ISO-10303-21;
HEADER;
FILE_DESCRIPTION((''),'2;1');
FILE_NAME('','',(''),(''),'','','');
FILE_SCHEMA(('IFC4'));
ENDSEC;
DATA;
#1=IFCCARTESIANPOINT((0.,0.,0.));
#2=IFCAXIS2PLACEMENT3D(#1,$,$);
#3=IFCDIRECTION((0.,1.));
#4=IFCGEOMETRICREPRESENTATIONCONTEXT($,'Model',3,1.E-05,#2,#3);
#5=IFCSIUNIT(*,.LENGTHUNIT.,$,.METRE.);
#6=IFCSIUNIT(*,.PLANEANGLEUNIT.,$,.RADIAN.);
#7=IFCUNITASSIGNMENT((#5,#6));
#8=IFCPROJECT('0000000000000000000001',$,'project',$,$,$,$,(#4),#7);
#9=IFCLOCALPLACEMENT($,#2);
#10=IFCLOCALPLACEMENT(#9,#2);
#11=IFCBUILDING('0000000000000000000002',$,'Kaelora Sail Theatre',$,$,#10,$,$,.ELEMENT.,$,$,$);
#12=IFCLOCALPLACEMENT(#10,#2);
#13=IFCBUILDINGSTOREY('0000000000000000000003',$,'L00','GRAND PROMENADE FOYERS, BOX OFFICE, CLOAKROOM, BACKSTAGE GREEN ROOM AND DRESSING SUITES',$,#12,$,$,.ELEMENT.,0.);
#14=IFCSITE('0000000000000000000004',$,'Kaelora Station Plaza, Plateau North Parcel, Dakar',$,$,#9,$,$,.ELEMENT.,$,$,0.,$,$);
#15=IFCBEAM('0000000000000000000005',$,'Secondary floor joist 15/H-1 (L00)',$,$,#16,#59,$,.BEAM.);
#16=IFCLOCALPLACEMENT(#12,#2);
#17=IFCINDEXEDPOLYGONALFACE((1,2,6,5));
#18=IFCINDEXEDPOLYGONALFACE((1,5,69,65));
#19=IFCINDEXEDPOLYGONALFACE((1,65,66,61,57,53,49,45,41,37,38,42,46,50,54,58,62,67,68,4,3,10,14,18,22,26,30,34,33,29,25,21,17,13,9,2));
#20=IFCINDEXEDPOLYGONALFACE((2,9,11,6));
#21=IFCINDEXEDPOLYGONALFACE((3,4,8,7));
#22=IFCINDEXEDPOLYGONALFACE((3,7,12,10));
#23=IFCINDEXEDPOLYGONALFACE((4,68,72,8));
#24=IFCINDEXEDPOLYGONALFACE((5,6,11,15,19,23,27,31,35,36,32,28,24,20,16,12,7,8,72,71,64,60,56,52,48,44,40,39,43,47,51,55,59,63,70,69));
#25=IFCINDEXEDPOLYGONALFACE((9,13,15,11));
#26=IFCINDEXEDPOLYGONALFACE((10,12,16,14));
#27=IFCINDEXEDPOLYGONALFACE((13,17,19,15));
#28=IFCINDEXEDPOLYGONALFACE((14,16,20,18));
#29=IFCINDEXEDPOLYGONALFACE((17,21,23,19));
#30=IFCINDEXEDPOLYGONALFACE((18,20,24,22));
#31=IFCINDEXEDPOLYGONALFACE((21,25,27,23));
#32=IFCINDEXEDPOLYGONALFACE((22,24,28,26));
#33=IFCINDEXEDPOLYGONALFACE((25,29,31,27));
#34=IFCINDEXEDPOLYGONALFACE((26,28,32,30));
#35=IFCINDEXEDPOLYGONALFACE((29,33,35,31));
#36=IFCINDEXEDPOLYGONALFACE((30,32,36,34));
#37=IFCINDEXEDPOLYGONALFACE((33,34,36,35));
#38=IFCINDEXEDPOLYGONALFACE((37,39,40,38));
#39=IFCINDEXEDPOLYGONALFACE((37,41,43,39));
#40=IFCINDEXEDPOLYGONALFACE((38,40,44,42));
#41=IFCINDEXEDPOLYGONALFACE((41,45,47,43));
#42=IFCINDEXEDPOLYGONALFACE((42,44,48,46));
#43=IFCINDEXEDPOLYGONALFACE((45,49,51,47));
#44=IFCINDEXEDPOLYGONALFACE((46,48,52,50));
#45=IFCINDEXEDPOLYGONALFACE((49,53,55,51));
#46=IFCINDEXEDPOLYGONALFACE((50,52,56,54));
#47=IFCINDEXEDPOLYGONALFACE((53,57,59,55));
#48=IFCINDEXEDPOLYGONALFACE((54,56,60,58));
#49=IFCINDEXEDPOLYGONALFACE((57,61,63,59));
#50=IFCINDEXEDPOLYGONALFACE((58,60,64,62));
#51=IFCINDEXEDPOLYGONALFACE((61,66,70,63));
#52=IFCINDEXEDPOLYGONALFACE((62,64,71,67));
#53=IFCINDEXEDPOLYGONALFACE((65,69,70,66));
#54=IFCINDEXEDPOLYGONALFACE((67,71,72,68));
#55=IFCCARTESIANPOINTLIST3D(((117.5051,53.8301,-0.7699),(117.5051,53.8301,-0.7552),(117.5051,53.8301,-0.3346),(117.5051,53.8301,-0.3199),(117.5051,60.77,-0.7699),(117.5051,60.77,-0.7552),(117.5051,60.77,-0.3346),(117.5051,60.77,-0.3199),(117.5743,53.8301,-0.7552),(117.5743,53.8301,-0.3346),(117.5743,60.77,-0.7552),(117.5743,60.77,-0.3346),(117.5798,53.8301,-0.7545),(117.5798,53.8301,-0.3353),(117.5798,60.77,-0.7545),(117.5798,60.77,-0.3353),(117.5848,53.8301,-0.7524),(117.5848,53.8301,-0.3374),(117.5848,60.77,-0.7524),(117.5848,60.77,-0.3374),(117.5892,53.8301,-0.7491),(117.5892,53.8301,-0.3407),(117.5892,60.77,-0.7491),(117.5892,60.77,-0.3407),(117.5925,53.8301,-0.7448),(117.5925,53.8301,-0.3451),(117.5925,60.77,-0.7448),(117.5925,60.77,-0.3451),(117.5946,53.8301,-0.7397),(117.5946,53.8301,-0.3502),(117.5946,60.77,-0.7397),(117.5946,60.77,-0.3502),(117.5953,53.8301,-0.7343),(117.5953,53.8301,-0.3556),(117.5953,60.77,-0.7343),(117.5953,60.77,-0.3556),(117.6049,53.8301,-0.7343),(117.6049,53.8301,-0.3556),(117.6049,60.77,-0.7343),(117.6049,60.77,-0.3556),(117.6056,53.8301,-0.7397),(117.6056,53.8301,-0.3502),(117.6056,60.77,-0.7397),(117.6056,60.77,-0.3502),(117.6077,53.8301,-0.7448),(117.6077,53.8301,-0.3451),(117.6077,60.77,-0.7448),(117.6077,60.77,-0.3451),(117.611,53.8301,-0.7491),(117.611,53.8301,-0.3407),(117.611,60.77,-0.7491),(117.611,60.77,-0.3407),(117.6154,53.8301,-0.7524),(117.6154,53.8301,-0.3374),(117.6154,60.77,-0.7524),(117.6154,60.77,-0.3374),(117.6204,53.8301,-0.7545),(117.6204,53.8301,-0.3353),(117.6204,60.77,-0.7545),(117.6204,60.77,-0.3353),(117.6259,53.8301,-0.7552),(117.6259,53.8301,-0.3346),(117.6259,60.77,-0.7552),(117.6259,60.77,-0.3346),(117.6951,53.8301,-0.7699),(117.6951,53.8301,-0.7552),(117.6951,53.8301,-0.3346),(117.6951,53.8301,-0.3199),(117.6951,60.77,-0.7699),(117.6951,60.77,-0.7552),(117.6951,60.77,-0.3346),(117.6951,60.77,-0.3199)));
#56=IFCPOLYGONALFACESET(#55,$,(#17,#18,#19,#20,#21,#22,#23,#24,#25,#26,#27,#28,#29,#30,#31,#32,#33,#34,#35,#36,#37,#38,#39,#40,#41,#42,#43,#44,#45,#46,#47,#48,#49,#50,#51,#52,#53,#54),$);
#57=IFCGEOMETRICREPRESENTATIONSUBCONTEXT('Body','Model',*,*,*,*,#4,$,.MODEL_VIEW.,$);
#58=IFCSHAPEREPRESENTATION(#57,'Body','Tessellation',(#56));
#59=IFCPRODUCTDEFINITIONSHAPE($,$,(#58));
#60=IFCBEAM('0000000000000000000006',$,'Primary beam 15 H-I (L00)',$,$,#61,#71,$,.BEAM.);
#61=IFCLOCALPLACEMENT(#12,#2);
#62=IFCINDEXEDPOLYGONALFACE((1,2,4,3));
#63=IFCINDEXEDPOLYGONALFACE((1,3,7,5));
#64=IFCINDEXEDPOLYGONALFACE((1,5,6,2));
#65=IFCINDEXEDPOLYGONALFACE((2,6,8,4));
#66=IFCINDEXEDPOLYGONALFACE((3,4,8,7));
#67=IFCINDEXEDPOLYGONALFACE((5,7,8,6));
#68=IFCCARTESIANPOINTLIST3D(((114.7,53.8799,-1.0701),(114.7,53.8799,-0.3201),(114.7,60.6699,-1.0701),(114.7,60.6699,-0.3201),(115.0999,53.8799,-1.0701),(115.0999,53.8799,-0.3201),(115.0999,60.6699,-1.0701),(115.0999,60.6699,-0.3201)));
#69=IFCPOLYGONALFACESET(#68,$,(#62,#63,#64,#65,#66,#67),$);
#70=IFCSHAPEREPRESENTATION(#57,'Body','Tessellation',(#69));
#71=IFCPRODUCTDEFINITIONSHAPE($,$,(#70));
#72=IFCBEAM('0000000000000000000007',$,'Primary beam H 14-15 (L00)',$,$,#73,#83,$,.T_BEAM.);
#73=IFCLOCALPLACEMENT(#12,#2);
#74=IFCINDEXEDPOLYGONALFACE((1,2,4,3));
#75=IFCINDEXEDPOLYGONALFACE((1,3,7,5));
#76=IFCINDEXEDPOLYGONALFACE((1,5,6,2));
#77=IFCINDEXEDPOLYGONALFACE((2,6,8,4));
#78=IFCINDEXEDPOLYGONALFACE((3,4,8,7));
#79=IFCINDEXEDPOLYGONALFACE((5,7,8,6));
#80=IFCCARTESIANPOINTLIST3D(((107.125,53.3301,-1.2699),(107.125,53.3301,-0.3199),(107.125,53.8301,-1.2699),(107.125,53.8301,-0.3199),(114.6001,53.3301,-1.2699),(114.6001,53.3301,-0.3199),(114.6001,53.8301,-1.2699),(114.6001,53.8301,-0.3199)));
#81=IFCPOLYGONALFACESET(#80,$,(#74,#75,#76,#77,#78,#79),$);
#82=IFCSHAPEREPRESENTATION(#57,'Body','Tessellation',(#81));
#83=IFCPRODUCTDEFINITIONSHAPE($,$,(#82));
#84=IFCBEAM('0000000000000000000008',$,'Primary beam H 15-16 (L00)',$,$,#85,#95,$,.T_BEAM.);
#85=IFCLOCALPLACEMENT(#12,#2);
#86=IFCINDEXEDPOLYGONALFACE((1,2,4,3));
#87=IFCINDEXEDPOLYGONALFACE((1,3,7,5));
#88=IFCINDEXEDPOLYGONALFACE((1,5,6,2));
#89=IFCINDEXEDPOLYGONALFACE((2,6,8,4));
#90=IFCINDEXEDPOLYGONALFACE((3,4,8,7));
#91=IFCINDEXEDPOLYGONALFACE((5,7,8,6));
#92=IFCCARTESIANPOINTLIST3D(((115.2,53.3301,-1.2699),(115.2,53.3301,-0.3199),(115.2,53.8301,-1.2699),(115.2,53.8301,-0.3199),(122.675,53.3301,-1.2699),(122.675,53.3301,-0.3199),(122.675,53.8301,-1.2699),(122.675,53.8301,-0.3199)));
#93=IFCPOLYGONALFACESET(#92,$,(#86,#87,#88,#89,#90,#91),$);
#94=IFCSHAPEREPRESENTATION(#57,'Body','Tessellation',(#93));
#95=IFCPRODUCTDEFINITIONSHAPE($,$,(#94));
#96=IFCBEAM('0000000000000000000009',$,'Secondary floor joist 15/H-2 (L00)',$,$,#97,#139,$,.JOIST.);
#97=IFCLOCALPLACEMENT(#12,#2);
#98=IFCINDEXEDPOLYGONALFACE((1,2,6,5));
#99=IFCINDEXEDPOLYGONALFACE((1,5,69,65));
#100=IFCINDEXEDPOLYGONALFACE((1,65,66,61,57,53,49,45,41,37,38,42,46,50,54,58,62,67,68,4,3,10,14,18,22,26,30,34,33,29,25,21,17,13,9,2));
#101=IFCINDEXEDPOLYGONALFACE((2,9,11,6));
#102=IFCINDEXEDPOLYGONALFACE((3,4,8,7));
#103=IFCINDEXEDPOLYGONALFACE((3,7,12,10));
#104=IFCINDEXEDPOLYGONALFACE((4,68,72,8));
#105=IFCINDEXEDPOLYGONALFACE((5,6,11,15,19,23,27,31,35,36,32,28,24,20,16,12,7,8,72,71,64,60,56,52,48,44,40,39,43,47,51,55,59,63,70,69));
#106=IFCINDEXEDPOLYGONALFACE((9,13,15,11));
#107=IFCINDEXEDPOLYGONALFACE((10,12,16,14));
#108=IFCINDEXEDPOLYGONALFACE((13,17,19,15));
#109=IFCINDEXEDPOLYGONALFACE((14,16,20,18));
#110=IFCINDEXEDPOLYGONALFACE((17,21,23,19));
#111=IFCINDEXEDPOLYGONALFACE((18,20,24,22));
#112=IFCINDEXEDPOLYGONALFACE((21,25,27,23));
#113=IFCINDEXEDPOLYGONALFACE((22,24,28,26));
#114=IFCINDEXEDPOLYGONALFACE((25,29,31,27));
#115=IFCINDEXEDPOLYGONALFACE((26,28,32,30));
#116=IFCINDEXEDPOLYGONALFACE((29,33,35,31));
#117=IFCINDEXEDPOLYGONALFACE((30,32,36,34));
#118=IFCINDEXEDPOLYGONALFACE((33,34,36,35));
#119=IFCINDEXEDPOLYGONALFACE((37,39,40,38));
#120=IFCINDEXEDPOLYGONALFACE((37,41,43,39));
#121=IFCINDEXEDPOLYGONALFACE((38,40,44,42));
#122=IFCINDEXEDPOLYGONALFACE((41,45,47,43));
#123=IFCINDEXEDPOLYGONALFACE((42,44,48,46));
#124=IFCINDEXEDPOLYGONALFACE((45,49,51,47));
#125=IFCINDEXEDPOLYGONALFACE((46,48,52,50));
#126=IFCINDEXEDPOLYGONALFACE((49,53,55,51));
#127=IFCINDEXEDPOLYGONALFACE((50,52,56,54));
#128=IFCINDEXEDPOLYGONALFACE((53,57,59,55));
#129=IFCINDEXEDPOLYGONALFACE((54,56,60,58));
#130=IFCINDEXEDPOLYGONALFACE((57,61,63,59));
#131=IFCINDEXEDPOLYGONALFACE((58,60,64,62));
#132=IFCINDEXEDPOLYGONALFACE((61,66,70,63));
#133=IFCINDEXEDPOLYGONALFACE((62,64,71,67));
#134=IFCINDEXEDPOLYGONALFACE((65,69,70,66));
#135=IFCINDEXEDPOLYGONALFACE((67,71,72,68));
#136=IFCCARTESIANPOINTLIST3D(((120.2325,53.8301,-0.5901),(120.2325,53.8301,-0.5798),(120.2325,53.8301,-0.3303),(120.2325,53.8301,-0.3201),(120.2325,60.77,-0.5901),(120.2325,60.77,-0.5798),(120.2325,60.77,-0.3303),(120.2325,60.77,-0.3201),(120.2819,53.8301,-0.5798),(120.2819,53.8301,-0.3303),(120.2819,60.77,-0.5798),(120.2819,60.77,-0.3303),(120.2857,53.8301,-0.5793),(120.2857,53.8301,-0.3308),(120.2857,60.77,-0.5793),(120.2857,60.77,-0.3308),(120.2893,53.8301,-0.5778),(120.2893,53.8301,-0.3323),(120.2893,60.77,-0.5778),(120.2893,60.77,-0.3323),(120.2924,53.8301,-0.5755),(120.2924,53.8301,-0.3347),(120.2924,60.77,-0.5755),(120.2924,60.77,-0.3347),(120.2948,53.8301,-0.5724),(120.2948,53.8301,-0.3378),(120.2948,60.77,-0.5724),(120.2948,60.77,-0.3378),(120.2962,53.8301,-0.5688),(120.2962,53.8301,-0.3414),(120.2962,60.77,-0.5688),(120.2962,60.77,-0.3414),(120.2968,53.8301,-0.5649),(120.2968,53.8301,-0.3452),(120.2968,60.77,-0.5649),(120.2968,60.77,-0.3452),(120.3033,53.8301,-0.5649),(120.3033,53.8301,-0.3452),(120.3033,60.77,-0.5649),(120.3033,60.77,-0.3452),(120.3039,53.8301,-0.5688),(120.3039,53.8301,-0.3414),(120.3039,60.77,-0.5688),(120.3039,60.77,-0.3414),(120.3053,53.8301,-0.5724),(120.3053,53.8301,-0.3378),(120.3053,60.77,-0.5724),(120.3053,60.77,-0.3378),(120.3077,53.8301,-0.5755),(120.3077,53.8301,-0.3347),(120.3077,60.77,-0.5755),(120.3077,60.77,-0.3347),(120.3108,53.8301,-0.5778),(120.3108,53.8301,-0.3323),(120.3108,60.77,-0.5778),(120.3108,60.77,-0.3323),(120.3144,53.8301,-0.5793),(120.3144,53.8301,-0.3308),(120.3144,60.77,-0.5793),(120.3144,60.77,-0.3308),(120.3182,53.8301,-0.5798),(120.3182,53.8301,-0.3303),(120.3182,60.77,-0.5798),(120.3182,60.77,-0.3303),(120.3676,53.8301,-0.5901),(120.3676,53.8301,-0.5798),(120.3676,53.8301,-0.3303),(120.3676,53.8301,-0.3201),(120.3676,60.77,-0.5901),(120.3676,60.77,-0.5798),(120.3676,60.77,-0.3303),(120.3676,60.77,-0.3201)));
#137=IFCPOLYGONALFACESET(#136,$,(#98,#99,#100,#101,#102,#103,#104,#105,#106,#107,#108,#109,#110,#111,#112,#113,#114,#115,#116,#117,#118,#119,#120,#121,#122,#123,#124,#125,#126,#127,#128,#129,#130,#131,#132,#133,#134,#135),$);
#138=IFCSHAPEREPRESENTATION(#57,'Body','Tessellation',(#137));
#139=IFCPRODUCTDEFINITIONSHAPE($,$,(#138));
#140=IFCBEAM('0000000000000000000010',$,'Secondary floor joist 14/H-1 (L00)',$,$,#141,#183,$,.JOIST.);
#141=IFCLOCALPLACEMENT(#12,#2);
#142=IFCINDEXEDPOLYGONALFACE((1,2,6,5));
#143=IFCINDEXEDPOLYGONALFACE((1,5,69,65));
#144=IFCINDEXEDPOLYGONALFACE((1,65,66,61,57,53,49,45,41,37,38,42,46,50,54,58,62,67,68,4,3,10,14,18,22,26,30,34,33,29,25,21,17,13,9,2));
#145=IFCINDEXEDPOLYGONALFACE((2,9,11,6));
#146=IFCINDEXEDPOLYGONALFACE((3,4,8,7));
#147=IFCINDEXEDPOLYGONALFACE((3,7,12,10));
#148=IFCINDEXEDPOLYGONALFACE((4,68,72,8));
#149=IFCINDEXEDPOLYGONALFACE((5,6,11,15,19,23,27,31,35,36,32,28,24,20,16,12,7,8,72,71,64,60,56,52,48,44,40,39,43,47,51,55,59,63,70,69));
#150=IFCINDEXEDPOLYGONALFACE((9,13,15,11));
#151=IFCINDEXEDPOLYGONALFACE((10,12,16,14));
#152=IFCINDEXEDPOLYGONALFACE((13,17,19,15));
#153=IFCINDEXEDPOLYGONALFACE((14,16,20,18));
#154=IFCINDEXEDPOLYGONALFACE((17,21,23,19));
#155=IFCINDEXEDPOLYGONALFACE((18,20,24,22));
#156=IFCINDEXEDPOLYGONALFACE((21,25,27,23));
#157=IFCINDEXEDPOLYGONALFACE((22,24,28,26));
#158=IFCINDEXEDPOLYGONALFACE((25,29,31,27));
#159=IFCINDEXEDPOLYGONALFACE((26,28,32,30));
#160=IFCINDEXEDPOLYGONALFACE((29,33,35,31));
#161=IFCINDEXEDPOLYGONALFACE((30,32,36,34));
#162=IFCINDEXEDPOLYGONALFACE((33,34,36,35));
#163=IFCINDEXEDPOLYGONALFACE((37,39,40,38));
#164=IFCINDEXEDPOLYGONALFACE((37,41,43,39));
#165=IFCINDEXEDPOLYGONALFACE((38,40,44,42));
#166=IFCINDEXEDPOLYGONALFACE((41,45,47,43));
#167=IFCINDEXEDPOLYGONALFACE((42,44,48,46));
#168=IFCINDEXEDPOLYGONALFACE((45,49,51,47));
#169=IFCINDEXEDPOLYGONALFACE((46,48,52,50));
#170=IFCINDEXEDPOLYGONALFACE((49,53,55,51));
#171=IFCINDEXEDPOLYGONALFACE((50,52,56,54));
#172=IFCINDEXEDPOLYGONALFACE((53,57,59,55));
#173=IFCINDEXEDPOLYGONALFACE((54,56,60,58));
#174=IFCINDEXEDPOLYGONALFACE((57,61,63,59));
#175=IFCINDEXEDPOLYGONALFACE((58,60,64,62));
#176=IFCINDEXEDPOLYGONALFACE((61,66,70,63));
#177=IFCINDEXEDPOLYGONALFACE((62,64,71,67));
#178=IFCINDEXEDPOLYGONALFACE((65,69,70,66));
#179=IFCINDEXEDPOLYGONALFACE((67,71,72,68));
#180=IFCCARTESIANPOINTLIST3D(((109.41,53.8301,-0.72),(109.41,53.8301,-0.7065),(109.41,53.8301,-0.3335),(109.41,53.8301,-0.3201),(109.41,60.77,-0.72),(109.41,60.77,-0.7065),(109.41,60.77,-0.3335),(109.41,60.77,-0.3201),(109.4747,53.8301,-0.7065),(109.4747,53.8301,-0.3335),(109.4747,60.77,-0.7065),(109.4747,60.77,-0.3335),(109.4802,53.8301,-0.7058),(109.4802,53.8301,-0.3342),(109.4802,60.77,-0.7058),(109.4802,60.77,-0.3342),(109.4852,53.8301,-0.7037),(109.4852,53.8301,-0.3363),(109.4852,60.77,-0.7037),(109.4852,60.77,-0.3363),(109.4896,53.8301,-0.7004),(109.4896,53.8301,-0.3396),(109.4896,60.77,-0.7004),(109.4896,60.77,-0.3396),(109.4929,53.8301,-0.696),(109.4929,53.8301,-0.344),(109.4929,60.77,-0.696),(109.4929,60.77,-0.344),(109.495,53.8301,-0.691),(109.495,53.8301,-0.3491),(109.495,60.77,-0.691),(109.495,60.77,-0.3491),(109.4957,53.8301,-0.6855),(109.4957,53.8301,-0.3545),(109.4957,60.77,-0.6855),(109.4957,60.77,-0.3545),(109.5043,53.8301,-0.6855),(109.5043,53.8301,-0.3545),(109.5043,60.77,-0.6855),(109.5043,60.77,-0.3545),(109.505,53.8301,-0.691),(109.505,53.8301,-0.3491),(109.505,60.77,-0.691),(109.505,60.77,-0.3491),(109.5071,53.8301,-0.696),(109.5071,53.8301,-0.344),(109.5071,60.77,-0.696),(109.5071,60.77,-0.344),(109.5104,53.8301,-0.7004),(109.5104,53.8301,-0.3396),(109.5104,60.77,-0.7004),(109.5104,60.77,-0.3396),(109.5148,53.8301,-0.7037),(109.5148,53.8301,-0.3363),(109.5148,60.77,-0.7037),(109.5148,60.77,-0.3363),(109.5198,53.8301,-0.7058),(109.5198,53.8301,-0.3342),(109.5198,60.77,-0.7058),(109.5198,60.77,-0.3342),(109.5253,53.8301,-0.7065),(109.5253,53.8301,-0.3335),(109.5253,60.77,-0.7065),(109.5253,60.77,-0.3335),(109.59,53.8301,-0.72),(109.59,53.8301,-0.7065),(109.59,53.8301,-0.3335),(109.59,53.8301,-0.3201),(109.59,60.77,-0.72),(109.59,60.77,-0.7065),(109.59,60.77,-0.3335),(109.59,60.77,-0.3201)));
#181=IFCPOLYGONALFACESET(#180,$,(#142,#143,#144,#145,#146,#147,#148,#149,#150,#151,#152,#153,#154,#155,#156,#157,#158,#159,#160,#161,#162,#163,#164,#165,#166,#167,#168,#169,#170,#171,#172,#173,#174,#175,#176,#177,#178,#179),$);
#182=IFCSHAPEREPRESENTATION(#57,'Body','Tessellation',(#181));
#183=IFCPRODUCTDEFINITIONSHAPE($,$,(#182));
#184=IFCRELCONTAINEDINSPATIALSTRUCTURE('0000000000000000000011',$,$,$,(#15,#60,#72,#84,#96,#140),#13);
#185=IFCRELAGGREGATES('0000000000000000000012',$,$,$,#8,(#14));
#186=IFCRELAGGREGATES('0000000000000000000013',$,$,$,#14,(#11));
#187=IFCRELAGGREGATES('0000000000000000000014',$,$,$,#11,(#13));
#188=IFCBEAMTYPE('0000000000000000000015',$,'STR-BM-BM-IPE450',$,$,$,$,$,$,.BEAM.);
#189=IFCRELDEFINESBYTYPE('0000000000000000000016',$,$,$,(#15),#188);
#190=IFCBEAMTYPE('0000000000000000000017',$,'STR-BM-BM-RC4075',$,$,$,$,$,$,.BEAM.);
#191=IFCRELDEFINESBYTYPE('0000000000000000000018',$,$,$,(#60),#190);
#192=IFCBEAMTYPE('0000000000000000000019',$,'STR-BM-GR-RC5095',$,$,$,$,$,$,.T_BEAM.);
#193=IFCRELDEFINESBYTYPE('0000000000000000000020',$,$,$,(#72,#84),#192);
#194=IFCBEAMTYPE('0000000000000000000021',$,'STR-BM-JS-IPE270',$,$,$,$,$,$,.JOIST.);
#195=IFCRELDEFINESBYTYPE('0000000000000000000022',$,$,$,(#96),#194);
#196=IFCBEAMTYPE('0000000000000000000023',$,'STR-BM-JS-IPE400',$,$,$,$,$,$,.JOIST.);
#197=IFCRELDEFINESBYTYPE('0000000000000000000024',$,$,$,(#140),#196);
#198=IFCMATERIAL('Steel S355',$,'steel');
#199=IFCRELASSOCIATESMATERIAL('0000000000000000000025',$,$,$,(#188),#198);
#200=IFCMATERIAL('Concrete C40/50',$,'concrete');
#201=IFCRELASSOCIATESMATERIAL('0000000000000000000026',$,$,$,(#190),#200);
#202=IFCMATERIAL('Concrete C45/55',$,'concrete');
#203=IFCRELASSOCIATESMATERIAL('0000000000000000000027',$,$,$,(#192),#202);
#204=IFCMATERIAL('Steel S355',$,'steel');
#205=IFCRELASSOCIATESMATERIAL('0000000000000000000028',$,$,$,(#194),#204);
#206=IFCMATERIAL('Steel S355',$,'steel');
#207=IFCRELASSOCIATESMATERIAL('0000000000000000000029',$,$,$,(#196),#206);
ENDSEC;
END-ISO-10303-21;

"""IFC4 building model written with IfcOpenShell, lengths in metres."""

from ifc_helpers import new_model, si_unit, direction, frame, origin, origin_2d, place, context, subcontext, project, spatial, rectangle, i_section, extrude, material, material_profile, profile_set, type_object, element, save


model = new_model("IFC4")

# Units and contexts
model_context = context("Model", 3, precision=1e-05, world=origin(), true_north=direction((0.0, 1.0)))
body_context = subcontext(model_context, "Body", "Model", "MODEL_VIEW")
ifc_project = project(units=[si_unit("LENGTHUNIT", "METRE"), si_unit("PLANEANGLEUNIT", "RADIAN")], contexts=[model_context])

# Site, building, storey
site_placement = place(None, origin())
site = spatial("IfcSite", under=ifc_project, at=site_placement, Name="Kaelora Station Plaza, Plateau North Parcel, Dakar", CompositionType="ELEMENT", RefElevation=0.0)
building_placement = place(site_placement, origin())
building = spatial("IfcBuilding", under=site, at=building_placement, Name="Kaelora Sail Theatre", CompositionType="ELEMENT")
storey_placement = place(building_placement, origin())
storey = spatial("IfcBuildingStorey", under=building, at=storey_placement, Name="L00", Description="GRAND PROMENADE FOYERS, BOX OFFICE, CLOAKROOM, BACKSTAGE GREEN ROOM AND DRESSING SUITES", CompositionType="ELEMENT", Elevation=0.0)

# Beams
ifc_material_1 = material(Name="Steel S355", Category="steel")
ifc_material_profile_1 = material_profile(ifc_material_1, i_section(OverallWidth=0.1899, OverallDepth=0.45, WebThickness=0.0095, FlangeThickness=0.0146, FilletRadius=0.021, at=origin_2d()), Name="IPE 450")
ifc_profile_set_1 = profile_set([ifc_material_profile_1], Name="Steel S355")
beam_type_1 = type_object("IfcBeamType", Name="STR-BM-BM-IPE450", PredefinedType="BEAM", material=ifc_profile_set_1)
for number, where, z_axis, x_axis, name in (
    (1, (117.6001, 53.8301, -0.5449), (0.0, 1.0, 0.0), (-1.0, 0.0, 0.0), "Secondary floor joist 15/H-1 (L00)"),
):
    element("IfcBeam", number, at=place(storey_placement, frame(where, z_axis=z_axis, x_axis=x_axis)), inside=storey, type_object=beam_type_1, Name=name, PredefinedType="BEAM", context=body_context, shape_type="SweptSolid", body=[
        extrude(i_section(OverallWidth=0.1899, OverallDepth=0.45, WebThickness=0.0095, FlangeThickness=0.0146, FilletRadius=0.021, at=origin_2d()), origin(), (0.0, 0.0, 1.0), 6.9399),
    ])
ifc_material_2 = material(Name="Concrete C40/50", Category="concrete")
ifc_material_profile_2 = material_profile(ifc_material_2, rectangle(XDim=0.3999, YDim=0.75, at=origin_2d()), Name="RC-BM 400x750")
ifc_profile_set_2 = profile_set([ifc_material_profile_2], Name="Concrete C40/50")
beam_type_2 = type_object("IfcBeamType", Name="STR-BM-BM-RC4075", PredefinedType="BEAM", material=ifc_profile_set_2)
beam_1_placement = place(storey_placement, frame((114.8999, 53.8799, -0.6951), z_axis=(0.0, 1.0, 0.0), x_axis=(-1.0, 0.0, 0.0)))
element("IfcBeam", 2, at=beam_1_placement, inside=storey, type_object=beam_type_2, Name="Primary beam 15 H-I (L00)", PredefinedType="BEAM", context=body_context, shape_type="SweptSolid", body=[
    extrude(rectangle(XDim=0.3999, YDim=0.75, at=origin_2d()), origin(), (0.0, 0.0, 1.0), 6.79),
])
ifc_material_3 = material(Name="Concrete C45/55", Category="concrete")
ifc_material_profile_3 = material_profile(ifc_material_3, rectangle(XDim=0.5, YDim=0.95, at=origin_2d()), Name="RC-GRD 500x950")
ifc_profile_set_3 = profile_set([ifc_material_profile_3], Name="Concrete C45/55")
beam_type_3 = type_object("IfcBeamType", Name="STR-BM-GR-RC5095", PredefinedType="T_BEAM", material=ifc_profile_set_3)
for number, where, z_axis, x_axis, name in (
    (3, (107.125, 53.5801, -0.7949), (1.0, 0.0, 0.0), (0.0, 1.0, 0.0), "Primary beam H 14-15 (L00)"),
    (4, (115.2, 53.5801, -0.7949), (1.0, 0.0, 0.0), (0.0, 1.0, 0.0), "Primary beam H 15-16 (L00)"),
):
    element("IfcBeam", number, at=place(storey_placement, frame(where, z_axis=z_axis, x_axis=x_axis)), inside=storey, type_object=beam_type_3, Name=name, PredefinedType="T_BEAM", context=body_context, shape_type="SweptSolid", body=[
        extrude(rectangle(XDim=0.5, YDim=0.95, at=origin_2d()), origin(), (0.0, 0.0, 1.0), 7.4751),
    ])
ifc_material_4 = material(Name="Steel S355", Category="steel")
ifc_material_profile_4 = material_profile(ifc_material_4, i_section(OverallWidth=0.135, OverallDepth=0.27, WebThickness=0.0066, FlangeThickness=0.0103, FilletRadius=0.0149, at=origin_2d()), Name="IPE 270")
ifc_profile_set_4 = profile_set([ifc_material_profile_4], Name="Steel S355")
beam_type_4 = type_object("IfcBeamType", Name="STR-BM-JS-IPE270", PredefinedType="JOIST", material=ifc_profile_set_4)
beam_2_placement = place(storey_placement, frame((120.3, 53.8301, -0.4551), z_axis=(0.0, 1.0, 0.0), x_axis=(-1.0, 0.0, 0.0)))
element("IfcBeam", 5, at=beam_2_placement, inside=storey, type_object=beam_type_4, Name="Secondary floor joist 15/H-2 (L00)", PredefinedType="JOIST", context=body_context, shape_type="SweptSolid", body=[
    extrude(i_section(OverallWidth=0.135, OverallDepth=0.27, WebThickness=0.0066, FlangeThickness=0.0103, FilletRadius=0.0149, at=origin_2d()), origin(), (0.0, 0.0, 1.0), 6.9399),
])
ifc_material_5 = material(Name="Steel S355", Category="steel")
ifc_material_profile_5 = material_profile(ifc_material_5, i_section(OverallWidth=0.1799, OverallDepth=0.3999, WebThickness=0.0085, FlangeThickness=0.0134, FilletRadius=0.021, at=origin_2d()), Name="IPE 400")
ifc_profile_set_5 = profile_set([ifc_material_profile_5], Name="Steel S355")
beam_type_5 = type_object("IfcBeamType", Name="STR-BM-JS-IPE400", PredefinedType="JOIST", material=ifc_profile_set_5)
beam_3_placement = place(storey_placement, frame((109.5, 53.8301, -0.52), z_axis=(0.0, 1.0, 0.0), x_axis=(-1.0, 0.0, 0.0)))
element("IfcBeam", 6, at=beam_3_placement, inside=storey, type_object=beam_type_5, Name="Secondary floor joist 14/H-1 (L00)", PredefinedType="JOIST", context=body_context, shape_type="SweptSolid", body=[
    extrude(i_section(OverallWidth=0.1799, OverallDepth=0.3999, WebThickness=0.0085, FlangeThickness=0.0134, FilletRadius=0.021, at=origin_2d()), origin(), (0.0, 0.0, 1.0), 6.9399),
])

save(model, "model.ifc")
